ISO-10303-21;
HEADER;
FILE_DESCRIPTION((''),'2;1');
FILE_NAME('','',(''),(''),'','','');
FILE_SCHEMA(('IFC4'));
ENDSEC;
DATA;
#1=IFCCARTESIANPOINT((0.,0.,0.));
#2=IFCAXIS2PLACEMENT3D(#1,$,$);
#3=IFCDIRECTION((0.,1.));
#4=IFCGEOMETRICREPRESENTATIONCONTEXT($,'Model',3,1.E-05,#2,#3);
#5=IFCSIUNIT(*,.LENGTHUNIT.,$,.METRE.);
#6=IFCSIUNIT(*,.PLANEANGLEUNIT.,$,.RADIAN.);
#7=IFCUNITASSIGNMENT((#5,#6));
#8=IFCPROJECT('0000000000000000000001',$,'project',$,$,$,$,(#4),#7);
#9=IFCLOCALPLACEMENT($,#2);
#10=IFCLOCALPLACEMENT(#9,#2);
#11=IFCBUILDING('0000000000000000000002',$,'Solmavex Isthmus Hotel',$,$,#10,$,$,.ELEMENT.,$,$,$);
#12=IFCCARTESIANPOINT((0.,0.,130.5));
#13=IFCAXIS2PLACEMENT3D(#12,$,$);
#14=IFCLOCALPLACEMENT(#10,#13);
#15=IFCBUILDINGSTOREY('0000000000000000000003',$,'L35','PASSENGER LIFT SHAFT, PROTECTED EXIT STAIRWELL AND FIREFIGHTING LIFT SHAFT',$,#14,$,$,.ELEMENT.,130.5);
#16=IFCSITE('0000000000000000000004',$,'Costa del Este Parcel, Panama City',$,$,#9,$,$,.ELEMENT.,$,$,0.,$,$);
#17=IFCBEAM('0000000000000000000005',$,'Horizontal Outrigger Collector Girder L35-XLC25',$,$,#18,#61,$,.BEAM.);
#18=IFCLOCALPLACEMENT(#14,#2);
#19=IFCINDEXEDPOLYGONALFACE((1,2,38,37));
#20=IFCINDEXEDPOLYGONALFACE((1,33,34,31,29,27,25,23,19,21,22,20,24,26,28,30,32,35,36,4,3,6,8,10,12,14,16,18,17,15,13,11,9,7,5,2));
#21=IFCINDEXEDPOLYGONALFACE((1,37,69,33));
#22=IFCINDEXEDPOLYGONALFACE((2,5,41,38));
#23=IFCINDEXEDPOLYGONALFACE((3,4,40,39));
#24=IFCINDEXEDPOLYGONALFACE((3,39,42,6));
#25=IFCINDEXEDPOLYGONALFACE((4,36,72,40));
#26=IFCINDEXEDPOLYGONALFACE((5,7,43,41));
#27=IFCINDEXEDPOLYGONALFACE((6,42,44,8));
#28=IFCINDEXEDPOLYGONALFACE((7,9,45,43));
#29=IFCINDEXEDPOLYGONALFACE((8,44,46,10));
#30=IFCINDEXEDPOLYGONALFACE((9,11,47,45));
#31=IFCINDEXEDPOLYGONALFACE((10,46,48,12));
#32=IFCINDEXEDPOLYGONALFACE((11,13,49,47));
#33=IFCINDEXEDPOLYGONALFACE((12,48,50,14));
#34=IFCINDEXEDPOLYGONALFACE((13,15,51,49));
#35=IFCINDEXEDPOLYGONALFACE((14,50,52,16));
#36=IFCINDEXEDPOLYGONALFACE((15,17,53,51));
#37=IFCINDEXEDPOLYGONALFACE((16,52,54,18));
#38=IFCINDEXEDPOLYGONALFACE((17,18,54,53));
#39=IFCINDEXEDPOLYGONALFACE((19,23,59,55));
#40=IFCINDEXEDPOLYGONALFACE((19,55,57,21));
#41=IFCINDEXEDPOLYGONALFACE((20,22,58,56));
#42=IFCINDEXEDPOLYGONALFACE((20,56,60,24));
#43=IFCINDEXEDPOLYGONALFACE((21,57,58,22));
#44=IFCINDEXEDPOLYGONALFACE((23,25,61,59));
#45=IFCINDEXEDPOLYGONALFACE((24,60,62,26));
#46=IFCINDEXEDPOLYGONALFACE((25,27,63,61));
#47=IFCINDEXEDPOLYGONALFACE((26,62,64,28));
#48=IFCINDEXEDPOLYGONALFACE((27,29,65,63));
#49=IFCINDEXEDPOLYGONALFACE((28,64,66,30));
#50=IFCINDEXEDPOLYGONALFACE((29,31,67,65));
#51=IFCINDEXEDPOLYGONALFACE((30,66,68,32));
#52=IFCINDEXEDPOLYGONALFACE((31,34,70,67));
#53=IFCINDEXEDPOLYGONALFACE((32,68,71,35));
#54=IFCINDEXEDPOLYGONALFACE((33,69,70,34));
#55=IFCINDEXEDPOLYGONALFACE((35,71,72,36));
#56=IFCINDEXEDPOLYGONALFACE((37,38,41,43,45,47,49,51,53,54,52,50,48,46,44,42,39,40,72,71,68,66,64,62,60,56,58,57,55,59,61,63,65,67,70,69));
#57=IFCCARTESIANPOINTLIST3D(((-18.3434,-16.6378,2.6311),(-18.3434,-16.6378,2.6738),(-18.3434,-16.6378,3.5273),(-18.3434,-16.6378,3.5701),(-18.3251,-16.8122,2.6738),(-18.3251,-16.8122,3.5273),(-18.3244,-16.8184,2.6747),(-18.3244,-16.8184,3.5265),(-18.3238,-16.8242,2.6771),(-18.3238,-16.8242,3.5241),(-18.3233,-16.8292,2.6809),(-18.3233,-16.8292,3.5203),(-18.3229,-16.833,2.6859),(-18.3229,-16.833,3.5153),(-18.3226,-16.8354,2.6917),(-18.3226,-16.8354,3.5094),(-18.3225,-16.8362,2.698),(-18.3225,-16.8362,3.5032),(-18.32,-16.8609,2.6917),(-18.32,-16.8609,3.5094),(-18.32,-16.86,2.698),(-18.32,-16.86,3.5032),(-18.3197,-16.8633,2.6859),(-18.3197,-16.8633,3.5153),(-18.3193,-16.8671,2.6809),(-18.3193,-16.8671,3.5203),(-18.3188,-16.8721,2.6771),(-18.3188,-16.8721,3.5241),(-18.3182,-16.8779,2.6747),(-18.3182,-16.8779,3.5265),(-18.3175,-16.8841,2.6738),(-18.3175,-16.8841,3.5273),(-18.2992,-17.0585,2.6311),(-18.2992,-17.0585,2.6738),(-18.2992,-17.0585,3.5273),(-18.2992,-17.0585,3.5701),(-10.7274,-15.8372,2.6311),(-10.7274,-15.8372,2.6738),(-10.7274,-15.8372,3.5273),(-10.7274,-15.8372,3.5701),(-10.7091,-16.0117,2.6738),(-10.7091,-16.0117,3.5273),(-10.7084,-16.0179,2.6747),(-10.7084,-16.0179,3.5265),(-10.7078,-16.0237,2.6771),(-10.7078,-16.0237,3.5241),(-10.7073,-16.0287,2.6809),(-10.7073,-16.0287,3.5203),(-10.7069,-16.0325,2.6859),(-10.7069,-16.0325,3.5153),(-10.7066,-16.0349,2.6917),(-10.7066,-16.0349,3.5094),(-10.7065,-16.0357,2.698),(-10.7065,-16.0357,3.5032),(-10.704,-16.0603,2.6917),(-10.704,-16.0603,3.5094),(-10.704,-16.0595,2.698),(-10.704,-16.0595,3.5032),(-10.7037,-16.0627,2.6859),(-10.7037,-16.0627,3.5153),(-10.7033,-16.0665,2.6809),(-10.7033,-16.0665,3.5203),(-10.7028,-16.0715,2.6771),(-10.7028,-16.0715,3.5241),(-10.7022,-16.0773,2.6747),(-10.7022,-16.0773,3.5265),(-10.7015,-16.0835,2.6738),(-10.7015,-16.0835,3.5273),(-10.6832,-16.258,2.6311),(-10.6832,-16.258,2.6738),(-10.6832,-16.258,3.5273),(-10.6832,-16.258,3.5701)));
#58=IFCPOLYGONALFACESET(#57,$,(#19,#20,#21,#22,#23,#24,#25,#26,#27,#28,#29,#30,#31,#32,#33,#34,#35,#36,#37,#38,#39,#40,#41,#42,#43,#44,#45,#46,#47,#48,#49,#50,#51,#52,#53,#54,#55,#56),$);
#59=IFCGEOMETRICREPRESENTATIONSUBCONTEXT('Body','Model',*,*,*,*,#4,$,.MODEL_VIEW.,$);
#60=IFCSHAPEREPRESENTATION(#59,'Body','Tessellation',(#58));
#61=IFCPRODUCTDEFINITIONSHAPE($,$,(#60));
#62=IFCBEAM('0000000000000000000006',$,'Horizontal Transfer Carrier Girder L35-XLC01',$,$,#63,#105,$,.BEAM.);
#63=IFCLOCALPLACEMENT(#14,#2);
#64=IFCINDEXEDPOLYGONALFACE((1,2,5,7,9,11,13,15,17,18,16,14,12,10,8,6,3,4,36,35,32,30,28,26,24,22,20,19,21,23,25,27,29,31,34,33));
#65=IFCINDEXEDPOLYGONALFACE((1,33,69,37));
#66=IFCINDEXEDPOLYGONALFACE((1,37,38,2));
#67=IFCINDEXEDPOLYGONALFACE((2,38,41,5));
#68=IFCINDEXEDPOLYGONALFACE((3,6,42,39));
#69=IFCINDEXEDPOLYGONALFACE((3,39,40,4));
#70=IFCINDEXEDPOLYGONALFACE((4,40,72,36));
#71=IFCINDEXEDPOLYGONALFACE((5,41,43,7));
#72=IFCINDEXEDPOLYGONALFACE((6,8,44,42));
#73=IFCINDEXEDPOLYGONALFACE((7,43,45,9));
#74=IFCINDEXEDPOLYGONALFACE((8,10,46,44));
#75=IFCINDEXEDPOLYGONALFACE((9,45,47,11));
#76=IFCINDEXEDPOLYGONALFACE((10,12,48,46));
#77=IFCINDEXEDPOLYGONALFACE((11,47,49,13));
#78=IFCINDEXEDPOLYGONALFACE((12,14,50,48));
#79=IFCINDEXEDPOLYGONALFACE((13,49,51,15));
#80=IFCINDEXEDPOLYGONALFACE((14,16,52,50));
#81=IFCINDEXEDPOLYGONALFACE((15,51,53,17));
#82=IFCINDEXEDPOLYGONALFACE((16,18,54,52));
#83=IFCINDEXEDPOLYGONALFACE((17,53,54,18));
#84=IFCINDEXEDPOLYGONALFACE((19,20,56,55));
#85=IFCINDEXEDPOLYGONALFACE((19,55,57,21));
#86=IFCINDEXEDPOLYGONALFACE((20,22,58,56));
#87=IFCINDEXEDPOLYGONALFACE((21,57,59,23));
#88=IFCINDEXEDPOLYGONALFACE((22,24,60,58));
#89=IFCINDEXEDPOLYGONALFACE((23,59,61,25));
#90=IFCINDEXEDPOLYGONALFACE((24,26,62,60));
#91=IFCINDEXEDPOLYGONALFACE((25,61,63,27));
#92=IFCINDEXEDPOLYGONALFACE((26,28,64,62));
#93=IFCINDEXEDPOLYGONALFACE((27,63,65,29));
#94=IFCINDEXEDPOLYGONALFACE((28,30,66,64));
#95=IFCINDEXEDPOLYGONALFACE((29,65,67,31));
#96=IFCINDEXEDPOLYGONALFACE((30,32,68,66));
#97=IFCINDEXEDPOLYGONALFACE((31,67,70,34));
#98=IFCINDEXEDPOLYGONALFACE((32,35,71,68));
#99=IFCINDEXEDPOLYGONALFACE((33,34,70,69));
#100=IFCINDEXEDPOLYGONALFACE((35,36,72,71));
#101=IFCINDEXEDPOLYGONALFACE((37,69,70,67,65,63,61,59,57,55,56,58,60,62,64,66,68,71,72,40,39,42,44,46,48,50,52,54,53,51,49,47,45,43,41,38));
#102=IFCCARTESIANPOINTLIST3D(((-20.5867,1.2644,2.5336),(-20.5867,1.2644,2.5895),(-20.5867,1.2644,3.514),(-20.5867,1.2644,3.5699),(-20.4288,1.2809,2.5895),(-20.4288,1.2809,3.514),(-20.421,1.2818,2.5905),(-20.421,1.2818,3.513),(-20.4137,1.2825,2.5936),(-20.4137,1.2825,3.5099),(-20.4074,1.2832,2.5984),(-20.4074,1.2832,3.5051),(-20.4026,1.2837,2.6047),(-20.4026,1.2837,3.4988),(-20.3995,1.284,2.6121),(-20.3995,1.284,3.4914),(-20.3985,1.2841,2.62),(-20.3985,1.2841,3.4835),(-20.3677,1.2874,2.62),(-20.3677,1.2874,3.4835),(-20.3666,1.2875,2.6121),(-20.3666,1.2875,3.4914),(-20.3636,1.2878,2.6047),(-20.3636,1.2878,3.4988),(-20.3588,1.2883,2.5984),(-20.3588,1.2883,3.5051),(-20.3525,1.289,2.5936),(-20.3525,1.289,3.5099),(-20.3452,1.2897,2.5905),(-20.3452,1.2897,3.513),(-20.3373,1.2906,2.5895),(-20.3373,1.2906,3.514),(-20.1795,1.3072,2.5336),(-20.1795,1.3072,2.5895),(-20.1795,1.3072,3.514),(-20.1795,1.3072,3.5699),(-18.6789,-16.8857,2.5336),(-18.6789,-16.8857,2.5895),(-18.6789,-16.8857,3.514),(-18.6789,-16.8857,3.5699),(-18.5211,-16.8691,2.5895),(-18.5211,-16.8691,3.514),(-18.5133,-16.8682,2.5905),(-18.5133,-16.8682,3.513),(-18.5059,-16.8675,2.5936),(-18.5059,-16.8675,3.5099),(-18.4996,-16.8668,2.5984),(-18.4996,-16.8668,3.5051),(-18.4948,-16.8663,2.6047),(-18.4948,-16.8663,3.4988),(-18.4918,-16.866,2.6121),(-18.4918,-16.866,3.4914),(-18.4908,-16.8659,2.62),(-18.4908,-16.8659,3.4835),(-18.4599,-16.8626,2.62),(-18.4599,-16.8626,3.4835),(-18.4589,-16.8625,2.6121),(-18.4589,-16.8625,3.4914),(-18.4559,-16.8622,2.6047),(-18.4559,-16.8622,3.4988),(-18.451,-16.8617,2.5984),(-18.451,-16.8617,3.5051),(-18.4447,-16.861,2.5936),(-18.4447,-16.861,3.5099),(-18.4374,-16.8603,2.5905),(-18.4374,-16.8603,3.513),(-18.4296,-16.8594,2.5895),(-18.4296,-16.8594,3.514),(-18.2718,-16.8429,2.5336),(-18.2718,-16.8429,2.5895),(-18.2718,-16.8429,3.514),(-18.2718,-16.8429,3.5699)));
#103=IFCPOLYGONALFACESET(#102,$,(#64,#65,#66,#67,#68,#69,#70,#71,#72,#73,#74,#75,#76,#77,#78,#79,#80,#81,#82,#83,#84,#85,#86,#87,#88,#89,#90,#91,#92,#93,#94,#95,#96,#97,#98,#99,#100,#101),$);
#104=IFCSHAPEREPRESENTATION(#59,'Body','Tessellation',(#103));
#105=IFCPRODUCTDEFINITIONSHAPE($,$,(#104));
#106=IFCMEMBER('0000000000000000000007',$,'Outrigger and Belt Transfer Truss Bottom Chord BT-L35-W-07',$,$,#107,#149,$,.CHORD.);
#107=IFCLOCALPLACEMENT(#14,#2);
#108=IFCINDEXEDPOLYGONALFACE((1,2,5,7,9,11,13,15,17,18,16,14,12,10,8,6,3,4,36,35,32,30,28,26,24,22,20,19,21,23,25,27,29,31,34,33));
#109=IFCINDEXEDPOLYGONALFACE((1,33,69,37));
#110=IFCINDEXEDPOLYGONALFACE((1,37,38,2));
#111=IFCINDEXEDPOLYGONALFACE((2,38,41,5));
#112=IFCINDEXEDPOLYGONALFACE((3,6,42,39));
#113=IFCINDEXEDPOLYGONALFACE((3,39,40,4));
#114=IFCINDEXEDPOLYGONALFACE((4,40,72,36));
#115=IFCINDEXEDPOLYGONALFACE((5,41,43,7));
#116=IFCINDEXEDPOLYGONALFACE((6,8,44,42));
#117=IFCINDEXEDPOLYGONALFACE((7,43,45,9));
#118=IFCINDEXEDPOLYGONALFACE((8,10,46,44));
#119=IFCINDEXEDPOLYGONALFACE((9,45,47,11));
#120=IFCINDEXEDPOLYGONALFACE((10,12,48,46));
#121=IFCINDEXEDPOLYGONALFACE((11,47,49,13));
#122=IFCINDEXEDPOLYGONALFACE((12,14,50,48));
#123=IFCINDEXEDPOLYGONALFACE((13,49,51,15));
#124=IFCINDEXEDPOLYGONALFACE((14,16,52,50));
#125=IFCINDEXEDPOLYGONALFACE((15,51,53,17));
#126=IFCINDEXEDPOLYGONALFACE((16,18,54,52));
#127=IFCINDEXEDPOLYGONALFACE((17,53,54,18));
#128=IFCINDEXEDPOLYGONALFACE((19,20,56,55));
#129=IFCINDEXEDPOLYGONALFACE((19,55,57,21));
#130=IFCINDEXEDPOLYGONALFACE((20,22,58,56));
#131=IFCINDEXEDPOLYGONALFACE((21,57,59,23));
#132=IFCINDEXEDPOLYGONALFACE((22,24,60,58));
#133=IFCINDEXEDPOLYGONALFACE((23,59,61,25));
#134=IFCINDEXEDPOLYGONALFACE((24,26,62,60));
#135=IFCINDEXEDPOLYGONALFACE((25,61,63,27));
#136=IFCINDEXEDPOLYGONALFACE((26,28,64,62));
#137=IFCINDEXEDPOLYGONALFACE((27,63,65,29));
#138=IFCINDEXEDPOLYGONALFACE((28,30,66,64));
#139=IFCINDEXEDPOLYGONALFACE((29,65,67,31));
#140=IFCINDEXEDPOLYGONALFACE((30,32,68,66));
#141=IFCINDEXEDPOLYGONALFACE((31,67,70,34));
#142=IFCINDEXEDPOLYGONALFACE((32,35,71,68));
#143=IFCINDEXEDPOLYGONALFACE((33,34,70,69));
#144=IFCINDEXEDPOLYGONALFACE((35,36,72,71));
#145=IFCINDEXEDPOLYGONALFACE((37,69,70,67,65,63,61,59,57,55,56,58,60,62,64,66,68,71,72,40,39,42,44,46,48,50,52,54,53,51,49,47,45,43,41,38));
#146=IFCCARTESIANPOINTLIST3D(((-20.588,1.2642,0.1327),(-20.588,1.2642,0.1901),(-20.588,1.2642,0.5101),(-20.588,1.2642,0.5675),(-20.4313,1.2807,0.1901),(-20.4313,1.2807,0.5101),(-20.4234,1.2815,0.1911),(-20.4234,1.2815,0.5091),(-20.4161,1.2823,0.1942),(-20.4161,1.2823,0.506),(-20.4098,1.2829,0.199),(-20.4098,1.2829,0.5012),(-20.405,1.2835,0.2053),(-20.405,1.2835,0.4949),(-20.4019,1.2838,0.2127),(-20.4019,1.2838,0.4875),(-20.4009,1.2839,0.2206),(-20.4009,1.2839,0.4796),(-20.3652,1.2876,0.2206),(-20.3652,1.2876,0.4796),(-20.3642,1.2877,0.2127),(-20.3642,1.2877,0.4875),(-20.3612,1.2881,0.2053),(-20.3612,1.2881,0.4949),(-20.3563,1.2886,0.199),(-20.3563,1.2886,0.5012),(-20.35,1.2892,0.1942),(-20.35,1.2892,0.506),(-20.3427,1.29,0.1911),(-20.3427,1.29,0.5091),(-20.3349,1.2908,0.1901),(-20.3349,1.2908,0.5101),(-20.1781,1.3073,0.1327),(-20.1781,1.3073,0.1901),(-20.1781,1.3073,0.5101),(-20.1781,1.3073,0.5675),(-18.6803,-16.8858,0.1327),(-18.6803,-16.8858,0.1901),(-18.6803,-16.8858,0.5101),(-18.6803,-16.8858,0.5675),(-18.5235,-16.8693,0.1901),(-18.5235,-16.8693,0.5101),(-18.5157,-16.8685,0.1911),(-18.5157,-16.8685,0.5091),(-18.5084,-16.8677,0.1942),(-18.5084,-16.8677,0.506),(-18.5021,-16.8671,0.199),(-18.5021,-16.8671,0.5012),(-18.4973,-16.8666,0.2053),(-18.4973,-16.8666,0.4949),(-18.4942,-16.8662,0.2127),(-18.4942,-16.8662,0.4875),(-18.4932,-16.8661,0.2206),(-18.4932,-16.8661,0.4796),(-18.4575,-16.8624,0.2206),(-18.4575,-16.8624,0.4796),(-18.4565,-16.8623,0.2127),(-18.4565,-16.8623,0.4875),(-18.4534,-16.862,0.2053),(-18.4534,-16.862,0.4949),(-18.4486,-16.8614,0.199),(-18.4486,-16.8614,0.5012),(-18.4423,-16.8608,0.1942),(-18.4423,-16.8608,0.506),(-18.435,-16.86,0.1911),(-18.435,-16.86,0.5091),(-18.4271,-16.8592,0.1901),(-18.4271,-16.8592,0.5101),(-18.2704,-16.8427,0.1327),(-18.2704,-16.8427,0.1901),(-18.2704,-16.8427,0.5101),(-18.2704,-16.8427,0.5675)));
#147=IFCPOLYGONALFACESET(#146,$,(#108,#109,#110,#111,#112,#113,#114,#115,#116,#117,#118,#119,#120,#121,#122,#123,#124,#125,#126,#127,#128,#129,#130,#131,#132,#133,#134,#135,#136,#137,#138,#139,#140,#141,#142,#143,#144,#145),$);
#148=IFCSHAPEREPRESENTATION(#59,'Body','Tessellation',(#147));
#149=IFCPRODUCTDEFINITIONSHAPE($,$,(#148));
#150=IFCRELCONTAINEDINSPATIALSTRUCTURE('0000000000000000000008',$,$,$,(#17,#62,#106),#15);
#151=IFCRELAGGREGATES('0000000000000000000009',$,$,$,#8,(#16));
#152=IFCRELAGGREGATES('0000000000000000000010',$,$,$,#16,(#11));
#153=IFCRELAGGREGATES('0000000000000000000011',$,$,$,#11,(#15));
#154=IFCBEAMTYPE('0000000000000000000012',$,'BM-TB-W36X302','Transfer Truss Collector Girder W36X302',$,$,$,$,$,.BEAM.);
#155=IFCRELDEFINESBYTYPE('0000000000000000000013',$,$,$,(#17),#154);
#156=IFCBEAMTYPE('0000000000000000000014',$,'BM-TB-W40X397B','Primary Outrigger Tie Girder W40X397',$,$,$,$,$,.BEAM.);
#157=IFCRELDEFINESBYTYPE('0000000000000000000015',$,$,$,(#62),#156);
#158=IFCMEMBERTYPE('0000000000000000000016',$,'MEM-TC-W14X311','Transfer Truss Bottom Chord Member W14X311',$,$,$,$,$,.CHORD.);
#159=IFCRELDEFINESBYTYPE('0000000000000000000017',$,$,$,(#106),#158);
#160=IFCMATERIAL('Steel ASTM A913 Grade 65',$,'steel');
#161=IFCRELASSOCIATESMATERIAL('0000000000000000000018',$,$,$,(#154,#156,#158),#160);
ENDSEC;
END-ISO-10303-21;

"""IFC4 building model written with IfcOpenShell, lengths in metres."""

from ifc_helpers import new_model, si_unit, direction, frame, origin, origin_2d, place, context, subcontext, project, spatial, i_section, extrude, material, material_profile, profile_set, type_object, element, save


model = new_model("IFC4")

# Units and contexts
model_context = context("Model", 3, precision=1e-05, world=origin(), true_north=direction((0.0, 1.0)))
body_context = subcontext(model_context, "Body", "Model", "MODEL_VIEW")
ifc_project = project(units=[si_unit("LENGTHUNIT", "METRE"), si_unit("PLANEANGLEUNIT", "RADIAN")], contexts=[model_context])

# Site, building, storey
site_placement = place(None, origin())
site = spatial("IfcSite", under=ifc_project, at=site_placement, Name="Costa del Este Parcel, Panama City", CompositionType="ELEMENT", RefElevation=0.0)
building_placement = place(site_placement, origin())
building = spatial("IfcBuilding", under=site, at=building_placement, Name="Solmavex Isthmus Hotel", CompositionType="ELEMENT")
storey_placement = place(building_placement, frame((0.0, 0.0, 130.5)))
storey = spatial("IfcBuildingStorey", under=building, at=storey_placement, Name="L35", Description="PASSENGER LIFT SHAFT, PROTECTED EXIT STAIRWELL AND FIREFIGHTING LIFT SHAFT", CompositionType="ELEMENT", Elevation=130.5)

# Shared definitions
ifc_material_1 = material(Name="Steel ASTM A913 Grade 65", Category="steel")

# Beams
ifc_material_profile_1 = material_profile(ifc_material_1, i_section(OverallWidth=0.4231, OverallDepth=0.939, WebThickness=0.0239, FlangeThickness=0.0427, FilletRadius=0.0242, at=origin_2d()), Name="W36X302")
ifc_profile_set_1 = profile_set([ifc_material_profile_1], Name="Steel ASTM A913 Grade 65")
beam_type_1 = type_object("IfcBeamType", Name="BM-TB-W36X302", Description="Transfer Truss Collector Girder W36X302", PredefinedType="BEAM", material=ifc_profile_set_1)
beam_1_placement = place(storey_placement, frame((-18.3213, -16.8481, 3.1006), z_axis=(0.994521, 0.104537, 0.0), x_axis=(-0.104537, 0.994521, 0.0)))
element("IfcBeam", 1, at=beam_1_placement, inside=storey, type_object=beam_type_1, Name="Horizontal Outrigger Collector Girder L35-XLC25", PredefinedType="BEAM", context=body_context, shape_type="SweptSolid", body=[
    extrude(i_section(OverallWidth=0.4231, OverallDepth=0.939, WebThickness=0.0239, FlangeThickness=0.0427, FilletRadius=0.0242, at=origin_2d()), origin(), (0.0, 0.0, 1.0), 7.658),
])
ifc_material_profile_2 = material_profile(ifc_material_1, i_section(OverallWidth=0.4094, OverallDepth=1.0364, WebThickness=0.031, FlangeThickness=0.0559, FilletRadius=0.0305, at=origin_2d()), Name="W40X397")
ifc_profile_set_2 = profile_set([ifc_material_profile_2], Name="Steel ASTM A913 Grade 65")
beam_type_2 = type_object("IfcBeamType", Name="BM-TB-W40X397B", Description="Primary Outrigger Tie Girder W40X397", PredefinedType="BEAM", material=ifc_profile_set_2)
beam_2_placement = place(storey_placement, frame((-18.4753, -16.8643, 3.0518), z_axis=(-0.104533, 0.994521, 0.0), x_axis=(-0.994521, -0.104533, 0.0)))
element("IfcBeam", 2, at=beam_2_placement, inside=storey, type_object=beam_type_2, Name="Horizontal Transfer Carrier Girder L35-XLC01", PredefinedType="BEAM", context=body_context, shape_type="SweptSolid", body=[
    extrude(i_section(OverallWidth=0.4094, OverallDepth=1.0364, WebThickness=0.031, FlangeThickness=0.0559, FilletRadius=0.0305, at=origin_2d()), origin(), (0.0, 0.0, 1.0), 18.25),
])

# Member
ifc_material_profile_3 = material_profile(ifc_material_1, i_section(OverallWidth=0.4121, OverallDepth=0.4348, WebThickness=0.0359, FlangeThickness=0.0574, FilletRadius=0.0305, at=origin_2d()), Name="W14X311")
ifc_profile_set_3 = profile_set([ifc_material_profile_3], Name="Steel ASTM A913 Grade 65")
member_type_1 = type_object("IfcMemberType", Name="MEM-TC-W14X311", Description="Transfer Truss Bottom Chord Member W14X311", PredefinedType="CHORD", material=ifc_profile_set_3)
member_1_placement = place(storey_placement, frame((-18.4753, -16.8643, 0.3501), z_axis=(-0.104533, 0.994521, 0.0), x_axis=(-0.994521, -0.104533, 0.0)))
element("IfcMember", 3, at=member_1_placement, inside=storey, type_object=member_type_1, Name="Outrigger and Belt Transfer Truss Bottom Chord BT-L35-W-07", PredefinedType="CHORD", context=body_context, shape_type="SweptSolid", body=[
    extrude(i_section(OverallWidth=0.4121, OverallDepth=0.4348, WebThickness=0.0359, FlangeThickness=0.0574, FilletRadius=0.0305, at=origin_2d()), origin(), (0.0, 0.0, 1.0), 18.25),
])

save(model, "model.ifc")
